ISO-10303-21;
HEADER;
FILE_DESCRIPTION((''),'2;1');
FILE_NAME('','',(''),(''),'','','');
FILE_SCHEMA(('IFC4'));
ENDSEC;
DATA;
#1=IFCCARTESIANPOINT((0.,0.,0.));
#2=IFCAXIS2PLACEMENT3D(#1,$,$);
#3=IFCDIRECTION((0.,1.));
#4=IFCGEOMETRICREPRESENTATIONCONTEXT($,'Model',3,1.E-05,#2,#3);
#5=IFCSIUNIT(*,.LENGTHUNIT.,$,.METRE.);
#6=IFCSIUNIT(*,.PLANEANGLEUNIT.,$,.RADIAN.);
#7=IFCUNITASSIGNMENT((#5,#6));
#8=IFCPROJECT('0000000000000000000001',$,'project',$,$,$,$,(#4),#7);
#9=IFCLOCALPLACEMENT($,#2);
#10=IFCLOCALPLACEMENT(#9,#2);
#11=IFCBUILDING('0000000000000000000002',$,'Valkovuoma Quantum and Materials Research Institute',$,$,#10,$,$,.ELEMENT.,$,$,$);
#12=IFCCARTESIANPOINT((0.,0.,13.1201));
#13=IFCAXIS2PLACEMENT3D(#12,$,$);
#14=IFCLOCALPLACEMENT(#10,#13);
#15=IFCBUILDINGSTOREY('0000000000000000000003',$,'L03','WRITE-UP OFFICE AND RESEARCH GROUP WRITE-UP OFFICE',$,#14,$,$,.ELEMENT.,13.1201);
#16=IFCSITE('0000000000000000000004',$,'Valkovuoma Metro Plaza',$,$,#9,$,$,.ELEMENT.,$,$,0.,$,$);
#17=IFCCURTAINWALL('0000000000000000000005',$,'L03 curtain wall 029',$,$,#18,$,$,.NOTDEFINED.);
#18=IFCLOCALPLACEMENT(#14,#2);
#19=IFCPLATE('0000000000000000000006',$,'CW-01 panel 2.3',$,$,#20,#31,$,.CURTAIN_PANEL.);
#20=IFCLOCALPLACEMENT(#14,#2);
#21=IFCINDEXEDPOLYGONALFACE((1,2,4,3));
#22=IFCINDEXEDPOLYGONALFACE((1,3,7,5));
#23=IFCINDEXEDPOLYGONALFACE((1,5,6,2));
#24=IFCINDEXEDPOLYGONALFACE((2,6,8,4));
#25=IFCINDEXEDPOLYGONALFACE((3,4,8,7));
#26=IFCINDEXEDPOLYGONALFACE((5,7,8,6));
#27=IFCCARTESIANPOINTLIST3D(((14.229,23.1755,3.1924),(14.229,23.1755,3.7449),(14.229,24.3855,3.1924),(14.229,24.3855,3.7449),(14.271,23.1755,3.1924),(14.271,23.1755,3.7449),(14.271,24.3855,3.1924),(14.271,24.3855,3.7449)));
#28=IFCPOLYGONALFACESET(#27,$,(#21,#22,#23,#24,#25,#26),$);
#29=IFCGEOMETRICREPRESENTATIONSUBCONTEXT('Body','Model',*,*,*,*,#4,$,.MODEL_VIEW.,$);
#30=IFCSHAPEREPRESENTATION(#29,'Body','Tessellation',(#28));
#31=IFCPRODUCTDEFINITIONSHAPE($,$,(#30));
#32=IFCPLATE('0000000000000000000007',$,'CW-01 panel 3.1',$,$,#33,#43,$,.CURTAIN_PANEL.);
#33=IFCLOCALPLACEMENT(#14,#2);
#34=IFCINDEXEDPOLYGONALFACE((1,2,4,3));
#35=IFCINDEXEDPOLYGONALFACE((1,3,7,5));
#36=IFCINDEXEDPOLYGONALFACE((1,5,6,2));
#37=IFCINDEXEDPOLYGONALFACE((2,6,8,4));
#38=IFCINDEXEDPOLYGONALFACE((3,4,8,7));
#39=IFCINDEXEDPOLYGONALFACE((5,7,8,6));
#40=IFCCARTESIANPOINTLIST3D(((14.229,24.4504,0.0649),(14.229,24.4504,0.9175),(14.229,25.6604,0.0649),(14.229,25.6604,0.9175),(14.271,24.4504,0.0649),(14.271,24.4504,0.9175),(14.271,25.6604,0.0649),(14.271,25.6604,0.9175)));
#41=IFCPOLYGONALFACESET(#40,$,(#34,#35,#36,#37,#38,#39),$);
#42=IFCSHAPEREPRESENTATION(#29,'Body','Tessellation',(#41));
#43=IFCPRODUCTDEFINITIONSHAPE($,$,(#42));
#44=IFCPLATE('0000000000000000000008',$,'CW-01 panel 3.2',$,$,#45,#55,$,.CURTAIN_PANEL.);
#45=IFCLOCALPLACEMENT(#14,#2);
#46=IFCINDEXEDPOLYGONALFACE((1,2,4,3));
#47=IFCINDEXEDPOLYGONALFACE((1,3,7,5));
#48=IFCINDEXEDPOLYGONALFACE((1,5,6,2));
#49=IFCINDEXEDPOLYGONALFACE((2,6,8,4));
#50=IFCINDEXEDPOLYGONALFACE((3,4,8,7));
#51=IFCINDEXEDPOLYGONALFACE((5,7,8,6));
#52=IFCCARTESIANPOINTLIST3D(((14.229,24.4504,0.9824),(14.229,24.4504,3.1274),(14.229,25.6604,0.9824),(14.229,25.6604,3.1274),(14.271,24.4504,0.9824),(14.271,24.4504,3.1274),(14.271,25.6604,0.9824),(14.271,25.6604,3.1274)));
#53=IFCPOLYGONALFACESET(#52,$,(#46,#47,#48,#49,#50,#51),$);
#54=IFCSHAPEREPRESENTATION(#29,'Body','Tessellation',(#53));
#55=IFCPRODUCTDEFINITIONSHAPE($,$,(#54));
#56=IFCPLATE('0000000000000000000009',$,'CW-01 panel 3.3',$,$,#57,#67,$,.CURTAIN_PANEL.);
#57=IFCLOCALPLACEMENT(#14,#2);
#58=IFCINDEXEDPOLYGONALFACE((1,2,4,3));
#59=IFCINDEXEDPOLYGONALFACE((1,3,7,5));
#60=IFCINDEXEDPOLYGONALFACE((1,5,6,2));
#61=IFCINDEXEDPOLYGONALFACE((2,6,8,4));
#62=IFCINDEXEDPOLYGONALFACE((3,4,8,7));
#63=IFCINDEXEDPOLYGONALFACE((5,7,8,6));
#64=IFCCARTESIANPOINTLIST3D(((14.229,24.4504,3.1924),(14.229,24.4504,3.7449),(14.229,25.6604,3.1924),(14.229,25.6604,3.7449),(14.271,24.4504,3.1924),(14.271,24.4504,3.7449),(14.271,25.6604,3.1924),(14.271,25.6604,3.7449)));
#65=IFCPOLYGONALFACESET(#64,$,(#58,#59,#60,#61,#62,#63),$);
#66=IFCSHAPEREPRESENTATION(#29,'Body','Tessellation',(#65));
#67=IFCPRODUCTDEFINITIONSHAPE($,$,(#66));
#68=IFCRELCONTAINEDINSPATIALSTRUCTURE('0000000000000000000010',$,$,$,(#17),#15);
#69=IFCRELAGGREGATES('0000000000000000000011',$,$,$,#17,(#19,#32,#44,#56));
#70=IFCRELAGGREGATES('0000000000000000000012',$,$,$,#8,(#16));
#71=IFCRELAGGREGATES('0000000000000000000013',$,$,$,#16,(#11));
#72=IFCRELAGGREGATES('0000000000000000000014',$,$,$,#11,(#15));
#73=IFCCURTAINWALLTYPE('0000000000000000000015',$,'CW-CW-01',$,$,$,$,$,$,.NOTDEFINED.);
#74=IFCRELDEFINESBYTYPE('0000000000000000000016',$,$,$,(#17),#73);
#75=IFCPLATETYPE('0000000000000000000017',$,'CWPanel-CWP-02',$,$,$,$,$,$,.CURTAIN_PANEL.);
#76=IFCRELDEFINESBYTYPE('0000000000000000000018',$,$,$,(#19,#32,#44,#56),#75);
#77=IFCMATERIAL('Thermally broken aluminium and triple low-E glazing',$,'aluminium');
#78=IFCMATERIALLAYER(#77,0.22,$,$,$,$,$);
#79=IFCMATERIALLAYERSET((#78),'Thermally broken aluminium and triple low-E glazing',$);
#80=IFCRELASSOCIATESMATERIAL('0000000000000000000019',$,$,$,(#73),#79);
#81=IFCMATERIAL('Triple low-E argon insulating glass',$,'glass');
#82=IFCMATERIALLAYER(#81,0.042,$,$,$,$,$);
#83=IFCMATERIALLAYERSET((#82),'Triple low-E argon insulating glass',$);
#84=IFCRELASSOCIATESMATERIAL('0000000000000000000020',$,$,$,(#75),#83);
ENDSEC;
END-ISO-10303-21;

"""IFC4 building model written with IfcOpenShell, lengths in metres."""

from ifc_helpers import new_model, si_unit, direction, frame, origin, origin_2d, place, context, subcontext, project, spatial, rectangle, extrude, material, layer, layer_set, type_object, element, aggregate, save


model = new_model("IFC4")

# Units and contexts
model_context = context("Model", 3, precision=1e-05, world=origin(), true_north=direction((0.0, 1.0)))
body_context = subcontext(model_context, "Body", "Model", "MODEL_VIEW")
ifc_project = project(units=[si_unit("LENGTHUNIT", "METRE"), si_unit("PLANEANGLEUNIT", "RADIAN")], contexts=[model_context])

# Site, building, storey
site_placement = place(None, origin())
site = spatial("IfcSite", under=ifc_project, at=site_placement, Name="Valkovuoma Metro Plaza", CompositionType="ELEMENT", RefElevation=0.0)
building_placement = place(site_placement, origin())
building = spatial("IfcBuilding", under=site, at=building_placement, Name="Valkovuoma Quantum and Materials Research Institute", CompositionType="ELEMENT")
storey_placement = place(building_placement, frame((0.0, 0.0, 13.1201)))
storey = spatial("IfcBuildingStorey", under=building, at=storey_placement, Name="L03", Description="WRITE-UP OFFICE AND RESEARCH GROUP WRITE-UP OFFICE", CompositionType="ELEMENT", Elevation=13.1201)

# Curtain wall, plates
ifc_material_1 = material(Name="Thermally broken aluminium and triple low-E glazing", Category="aluminium")
ifc_layer_1 = layer(ifc_material_1, 0.22)
ifc_layer_set_1 = layer_set([ifc_layer_1], Name="Thermally broken aluminium and triple low-E glazing")
curtain_wall_type = type_object("IfcCurtainWallType", Name="CW-CW-01", PredefinedType="NOTDEFINED", material=ifc_layer_set_1)
curtain_wall_placement = place(storey_placement, origin())
curtain_wall = element("IfcCurtainWall", 1, at=curtain_wall_placement, inside=storey, type_object=curtain_wall_type, Name="L03 curtain wall 029", PredefinedType="NOTDEFINED")
ifc_material_2 = material(Name="Triple low-E argon insulating glass", Category="glass")
ifc_layer_2 = layer(ifc_material_2, 0.042)
ifc_layer_set_2 = layer_set([ifc_layer_2], Name="Triple low-E argon insulating glass")
plate_type = type_object("IfcPlateType", Name="CWPanel-CWP-02", PredefinedType="CURTAIN_PANEL", material=ifc_layer_set_2)
plate_1_placement = place(storey_placement, frame((14.25, 23.7805, 3.1924), z_axis=(0.0, 0.0, 1.0), x_axis=(0.0, 1.0, 0.0)))
plate_1 = element("IfcPlate", 2, at=plate_1_placement, type_object=plate_type, Name="CW-01 panel 2.3", PredefinedType="CURTAIN_PANEL", context=body_context, shape_type="SweptSolid", body=[
    extrude(rectangle(XDim=1.21, YDim=0.042, at=origin_2d()), origin(), (0.0, 0.0, 1.0), 0.5525),
])
plate_2_placement = place(storey_placement, frame((14.25, 25.0554, 0.0649), z_axis=(0.0, 0.0, 1.0), x_axis=(0.0, 1.0, 0.0)))
plate_2 = element("IfcPlate", 3, at=plate_2_placement, type_object=plate_type, Name="CW-01 panel 3.1", PredefinedType="CURTAIN_PANEL", context=body_context, shape_type="SweptSolid", body=[
    extrude(rectangle(XDim=1.21, YDim=0.042, at=origin_2d()), origin(), (0.0, 0.0, 1.0), 0.8525),
])
plate_3_placement = place(storey_placement, frame((14.25, 25.0554, 0.9824), z_axis=(0.0, 0.0, 1.0), x_axis=(0.0, 1.0, 0.0)))
plate_3 = element("IfcPlate", 4, at=plate_3_placement, type_object=plate_type, Name="CW-01 panel 3.2", PredefinedType="CURTAIN_PANEL", context=body_context, shape_type="SweptSolid", body=[
    extrude(rectangle(XDim=1.21, YDim=0.042, at=origin_2d()), origin(), (0.0, 0.0, 1.0), 2.145),
])
plate_4_placement = place(storey_placement, frame((14.25, 25.0554, 3.1924), z_axis=(0.0, 0.0, 1.0), x_axis=(0.0, 1.0, 0.0)))
plate_4 = element("IfcPlate", 5, at=plate_4_placement, type_object=plate_type, Name="CW-01 panel 3.3", PredefinedType="CURTAIN_PANEL", context=body_context, shape_type="SweptSolid", body=[
    extrude(rectangle(XDim=1.21, YDim=0.042, at=origin_2d()), origin(), (0.0, 0.0, 1.0), 0.5525),
])
aggregate(curtain_wall, [plate_1, plate_2, plate_3, plate_4])

save(model, "model.ifc")
